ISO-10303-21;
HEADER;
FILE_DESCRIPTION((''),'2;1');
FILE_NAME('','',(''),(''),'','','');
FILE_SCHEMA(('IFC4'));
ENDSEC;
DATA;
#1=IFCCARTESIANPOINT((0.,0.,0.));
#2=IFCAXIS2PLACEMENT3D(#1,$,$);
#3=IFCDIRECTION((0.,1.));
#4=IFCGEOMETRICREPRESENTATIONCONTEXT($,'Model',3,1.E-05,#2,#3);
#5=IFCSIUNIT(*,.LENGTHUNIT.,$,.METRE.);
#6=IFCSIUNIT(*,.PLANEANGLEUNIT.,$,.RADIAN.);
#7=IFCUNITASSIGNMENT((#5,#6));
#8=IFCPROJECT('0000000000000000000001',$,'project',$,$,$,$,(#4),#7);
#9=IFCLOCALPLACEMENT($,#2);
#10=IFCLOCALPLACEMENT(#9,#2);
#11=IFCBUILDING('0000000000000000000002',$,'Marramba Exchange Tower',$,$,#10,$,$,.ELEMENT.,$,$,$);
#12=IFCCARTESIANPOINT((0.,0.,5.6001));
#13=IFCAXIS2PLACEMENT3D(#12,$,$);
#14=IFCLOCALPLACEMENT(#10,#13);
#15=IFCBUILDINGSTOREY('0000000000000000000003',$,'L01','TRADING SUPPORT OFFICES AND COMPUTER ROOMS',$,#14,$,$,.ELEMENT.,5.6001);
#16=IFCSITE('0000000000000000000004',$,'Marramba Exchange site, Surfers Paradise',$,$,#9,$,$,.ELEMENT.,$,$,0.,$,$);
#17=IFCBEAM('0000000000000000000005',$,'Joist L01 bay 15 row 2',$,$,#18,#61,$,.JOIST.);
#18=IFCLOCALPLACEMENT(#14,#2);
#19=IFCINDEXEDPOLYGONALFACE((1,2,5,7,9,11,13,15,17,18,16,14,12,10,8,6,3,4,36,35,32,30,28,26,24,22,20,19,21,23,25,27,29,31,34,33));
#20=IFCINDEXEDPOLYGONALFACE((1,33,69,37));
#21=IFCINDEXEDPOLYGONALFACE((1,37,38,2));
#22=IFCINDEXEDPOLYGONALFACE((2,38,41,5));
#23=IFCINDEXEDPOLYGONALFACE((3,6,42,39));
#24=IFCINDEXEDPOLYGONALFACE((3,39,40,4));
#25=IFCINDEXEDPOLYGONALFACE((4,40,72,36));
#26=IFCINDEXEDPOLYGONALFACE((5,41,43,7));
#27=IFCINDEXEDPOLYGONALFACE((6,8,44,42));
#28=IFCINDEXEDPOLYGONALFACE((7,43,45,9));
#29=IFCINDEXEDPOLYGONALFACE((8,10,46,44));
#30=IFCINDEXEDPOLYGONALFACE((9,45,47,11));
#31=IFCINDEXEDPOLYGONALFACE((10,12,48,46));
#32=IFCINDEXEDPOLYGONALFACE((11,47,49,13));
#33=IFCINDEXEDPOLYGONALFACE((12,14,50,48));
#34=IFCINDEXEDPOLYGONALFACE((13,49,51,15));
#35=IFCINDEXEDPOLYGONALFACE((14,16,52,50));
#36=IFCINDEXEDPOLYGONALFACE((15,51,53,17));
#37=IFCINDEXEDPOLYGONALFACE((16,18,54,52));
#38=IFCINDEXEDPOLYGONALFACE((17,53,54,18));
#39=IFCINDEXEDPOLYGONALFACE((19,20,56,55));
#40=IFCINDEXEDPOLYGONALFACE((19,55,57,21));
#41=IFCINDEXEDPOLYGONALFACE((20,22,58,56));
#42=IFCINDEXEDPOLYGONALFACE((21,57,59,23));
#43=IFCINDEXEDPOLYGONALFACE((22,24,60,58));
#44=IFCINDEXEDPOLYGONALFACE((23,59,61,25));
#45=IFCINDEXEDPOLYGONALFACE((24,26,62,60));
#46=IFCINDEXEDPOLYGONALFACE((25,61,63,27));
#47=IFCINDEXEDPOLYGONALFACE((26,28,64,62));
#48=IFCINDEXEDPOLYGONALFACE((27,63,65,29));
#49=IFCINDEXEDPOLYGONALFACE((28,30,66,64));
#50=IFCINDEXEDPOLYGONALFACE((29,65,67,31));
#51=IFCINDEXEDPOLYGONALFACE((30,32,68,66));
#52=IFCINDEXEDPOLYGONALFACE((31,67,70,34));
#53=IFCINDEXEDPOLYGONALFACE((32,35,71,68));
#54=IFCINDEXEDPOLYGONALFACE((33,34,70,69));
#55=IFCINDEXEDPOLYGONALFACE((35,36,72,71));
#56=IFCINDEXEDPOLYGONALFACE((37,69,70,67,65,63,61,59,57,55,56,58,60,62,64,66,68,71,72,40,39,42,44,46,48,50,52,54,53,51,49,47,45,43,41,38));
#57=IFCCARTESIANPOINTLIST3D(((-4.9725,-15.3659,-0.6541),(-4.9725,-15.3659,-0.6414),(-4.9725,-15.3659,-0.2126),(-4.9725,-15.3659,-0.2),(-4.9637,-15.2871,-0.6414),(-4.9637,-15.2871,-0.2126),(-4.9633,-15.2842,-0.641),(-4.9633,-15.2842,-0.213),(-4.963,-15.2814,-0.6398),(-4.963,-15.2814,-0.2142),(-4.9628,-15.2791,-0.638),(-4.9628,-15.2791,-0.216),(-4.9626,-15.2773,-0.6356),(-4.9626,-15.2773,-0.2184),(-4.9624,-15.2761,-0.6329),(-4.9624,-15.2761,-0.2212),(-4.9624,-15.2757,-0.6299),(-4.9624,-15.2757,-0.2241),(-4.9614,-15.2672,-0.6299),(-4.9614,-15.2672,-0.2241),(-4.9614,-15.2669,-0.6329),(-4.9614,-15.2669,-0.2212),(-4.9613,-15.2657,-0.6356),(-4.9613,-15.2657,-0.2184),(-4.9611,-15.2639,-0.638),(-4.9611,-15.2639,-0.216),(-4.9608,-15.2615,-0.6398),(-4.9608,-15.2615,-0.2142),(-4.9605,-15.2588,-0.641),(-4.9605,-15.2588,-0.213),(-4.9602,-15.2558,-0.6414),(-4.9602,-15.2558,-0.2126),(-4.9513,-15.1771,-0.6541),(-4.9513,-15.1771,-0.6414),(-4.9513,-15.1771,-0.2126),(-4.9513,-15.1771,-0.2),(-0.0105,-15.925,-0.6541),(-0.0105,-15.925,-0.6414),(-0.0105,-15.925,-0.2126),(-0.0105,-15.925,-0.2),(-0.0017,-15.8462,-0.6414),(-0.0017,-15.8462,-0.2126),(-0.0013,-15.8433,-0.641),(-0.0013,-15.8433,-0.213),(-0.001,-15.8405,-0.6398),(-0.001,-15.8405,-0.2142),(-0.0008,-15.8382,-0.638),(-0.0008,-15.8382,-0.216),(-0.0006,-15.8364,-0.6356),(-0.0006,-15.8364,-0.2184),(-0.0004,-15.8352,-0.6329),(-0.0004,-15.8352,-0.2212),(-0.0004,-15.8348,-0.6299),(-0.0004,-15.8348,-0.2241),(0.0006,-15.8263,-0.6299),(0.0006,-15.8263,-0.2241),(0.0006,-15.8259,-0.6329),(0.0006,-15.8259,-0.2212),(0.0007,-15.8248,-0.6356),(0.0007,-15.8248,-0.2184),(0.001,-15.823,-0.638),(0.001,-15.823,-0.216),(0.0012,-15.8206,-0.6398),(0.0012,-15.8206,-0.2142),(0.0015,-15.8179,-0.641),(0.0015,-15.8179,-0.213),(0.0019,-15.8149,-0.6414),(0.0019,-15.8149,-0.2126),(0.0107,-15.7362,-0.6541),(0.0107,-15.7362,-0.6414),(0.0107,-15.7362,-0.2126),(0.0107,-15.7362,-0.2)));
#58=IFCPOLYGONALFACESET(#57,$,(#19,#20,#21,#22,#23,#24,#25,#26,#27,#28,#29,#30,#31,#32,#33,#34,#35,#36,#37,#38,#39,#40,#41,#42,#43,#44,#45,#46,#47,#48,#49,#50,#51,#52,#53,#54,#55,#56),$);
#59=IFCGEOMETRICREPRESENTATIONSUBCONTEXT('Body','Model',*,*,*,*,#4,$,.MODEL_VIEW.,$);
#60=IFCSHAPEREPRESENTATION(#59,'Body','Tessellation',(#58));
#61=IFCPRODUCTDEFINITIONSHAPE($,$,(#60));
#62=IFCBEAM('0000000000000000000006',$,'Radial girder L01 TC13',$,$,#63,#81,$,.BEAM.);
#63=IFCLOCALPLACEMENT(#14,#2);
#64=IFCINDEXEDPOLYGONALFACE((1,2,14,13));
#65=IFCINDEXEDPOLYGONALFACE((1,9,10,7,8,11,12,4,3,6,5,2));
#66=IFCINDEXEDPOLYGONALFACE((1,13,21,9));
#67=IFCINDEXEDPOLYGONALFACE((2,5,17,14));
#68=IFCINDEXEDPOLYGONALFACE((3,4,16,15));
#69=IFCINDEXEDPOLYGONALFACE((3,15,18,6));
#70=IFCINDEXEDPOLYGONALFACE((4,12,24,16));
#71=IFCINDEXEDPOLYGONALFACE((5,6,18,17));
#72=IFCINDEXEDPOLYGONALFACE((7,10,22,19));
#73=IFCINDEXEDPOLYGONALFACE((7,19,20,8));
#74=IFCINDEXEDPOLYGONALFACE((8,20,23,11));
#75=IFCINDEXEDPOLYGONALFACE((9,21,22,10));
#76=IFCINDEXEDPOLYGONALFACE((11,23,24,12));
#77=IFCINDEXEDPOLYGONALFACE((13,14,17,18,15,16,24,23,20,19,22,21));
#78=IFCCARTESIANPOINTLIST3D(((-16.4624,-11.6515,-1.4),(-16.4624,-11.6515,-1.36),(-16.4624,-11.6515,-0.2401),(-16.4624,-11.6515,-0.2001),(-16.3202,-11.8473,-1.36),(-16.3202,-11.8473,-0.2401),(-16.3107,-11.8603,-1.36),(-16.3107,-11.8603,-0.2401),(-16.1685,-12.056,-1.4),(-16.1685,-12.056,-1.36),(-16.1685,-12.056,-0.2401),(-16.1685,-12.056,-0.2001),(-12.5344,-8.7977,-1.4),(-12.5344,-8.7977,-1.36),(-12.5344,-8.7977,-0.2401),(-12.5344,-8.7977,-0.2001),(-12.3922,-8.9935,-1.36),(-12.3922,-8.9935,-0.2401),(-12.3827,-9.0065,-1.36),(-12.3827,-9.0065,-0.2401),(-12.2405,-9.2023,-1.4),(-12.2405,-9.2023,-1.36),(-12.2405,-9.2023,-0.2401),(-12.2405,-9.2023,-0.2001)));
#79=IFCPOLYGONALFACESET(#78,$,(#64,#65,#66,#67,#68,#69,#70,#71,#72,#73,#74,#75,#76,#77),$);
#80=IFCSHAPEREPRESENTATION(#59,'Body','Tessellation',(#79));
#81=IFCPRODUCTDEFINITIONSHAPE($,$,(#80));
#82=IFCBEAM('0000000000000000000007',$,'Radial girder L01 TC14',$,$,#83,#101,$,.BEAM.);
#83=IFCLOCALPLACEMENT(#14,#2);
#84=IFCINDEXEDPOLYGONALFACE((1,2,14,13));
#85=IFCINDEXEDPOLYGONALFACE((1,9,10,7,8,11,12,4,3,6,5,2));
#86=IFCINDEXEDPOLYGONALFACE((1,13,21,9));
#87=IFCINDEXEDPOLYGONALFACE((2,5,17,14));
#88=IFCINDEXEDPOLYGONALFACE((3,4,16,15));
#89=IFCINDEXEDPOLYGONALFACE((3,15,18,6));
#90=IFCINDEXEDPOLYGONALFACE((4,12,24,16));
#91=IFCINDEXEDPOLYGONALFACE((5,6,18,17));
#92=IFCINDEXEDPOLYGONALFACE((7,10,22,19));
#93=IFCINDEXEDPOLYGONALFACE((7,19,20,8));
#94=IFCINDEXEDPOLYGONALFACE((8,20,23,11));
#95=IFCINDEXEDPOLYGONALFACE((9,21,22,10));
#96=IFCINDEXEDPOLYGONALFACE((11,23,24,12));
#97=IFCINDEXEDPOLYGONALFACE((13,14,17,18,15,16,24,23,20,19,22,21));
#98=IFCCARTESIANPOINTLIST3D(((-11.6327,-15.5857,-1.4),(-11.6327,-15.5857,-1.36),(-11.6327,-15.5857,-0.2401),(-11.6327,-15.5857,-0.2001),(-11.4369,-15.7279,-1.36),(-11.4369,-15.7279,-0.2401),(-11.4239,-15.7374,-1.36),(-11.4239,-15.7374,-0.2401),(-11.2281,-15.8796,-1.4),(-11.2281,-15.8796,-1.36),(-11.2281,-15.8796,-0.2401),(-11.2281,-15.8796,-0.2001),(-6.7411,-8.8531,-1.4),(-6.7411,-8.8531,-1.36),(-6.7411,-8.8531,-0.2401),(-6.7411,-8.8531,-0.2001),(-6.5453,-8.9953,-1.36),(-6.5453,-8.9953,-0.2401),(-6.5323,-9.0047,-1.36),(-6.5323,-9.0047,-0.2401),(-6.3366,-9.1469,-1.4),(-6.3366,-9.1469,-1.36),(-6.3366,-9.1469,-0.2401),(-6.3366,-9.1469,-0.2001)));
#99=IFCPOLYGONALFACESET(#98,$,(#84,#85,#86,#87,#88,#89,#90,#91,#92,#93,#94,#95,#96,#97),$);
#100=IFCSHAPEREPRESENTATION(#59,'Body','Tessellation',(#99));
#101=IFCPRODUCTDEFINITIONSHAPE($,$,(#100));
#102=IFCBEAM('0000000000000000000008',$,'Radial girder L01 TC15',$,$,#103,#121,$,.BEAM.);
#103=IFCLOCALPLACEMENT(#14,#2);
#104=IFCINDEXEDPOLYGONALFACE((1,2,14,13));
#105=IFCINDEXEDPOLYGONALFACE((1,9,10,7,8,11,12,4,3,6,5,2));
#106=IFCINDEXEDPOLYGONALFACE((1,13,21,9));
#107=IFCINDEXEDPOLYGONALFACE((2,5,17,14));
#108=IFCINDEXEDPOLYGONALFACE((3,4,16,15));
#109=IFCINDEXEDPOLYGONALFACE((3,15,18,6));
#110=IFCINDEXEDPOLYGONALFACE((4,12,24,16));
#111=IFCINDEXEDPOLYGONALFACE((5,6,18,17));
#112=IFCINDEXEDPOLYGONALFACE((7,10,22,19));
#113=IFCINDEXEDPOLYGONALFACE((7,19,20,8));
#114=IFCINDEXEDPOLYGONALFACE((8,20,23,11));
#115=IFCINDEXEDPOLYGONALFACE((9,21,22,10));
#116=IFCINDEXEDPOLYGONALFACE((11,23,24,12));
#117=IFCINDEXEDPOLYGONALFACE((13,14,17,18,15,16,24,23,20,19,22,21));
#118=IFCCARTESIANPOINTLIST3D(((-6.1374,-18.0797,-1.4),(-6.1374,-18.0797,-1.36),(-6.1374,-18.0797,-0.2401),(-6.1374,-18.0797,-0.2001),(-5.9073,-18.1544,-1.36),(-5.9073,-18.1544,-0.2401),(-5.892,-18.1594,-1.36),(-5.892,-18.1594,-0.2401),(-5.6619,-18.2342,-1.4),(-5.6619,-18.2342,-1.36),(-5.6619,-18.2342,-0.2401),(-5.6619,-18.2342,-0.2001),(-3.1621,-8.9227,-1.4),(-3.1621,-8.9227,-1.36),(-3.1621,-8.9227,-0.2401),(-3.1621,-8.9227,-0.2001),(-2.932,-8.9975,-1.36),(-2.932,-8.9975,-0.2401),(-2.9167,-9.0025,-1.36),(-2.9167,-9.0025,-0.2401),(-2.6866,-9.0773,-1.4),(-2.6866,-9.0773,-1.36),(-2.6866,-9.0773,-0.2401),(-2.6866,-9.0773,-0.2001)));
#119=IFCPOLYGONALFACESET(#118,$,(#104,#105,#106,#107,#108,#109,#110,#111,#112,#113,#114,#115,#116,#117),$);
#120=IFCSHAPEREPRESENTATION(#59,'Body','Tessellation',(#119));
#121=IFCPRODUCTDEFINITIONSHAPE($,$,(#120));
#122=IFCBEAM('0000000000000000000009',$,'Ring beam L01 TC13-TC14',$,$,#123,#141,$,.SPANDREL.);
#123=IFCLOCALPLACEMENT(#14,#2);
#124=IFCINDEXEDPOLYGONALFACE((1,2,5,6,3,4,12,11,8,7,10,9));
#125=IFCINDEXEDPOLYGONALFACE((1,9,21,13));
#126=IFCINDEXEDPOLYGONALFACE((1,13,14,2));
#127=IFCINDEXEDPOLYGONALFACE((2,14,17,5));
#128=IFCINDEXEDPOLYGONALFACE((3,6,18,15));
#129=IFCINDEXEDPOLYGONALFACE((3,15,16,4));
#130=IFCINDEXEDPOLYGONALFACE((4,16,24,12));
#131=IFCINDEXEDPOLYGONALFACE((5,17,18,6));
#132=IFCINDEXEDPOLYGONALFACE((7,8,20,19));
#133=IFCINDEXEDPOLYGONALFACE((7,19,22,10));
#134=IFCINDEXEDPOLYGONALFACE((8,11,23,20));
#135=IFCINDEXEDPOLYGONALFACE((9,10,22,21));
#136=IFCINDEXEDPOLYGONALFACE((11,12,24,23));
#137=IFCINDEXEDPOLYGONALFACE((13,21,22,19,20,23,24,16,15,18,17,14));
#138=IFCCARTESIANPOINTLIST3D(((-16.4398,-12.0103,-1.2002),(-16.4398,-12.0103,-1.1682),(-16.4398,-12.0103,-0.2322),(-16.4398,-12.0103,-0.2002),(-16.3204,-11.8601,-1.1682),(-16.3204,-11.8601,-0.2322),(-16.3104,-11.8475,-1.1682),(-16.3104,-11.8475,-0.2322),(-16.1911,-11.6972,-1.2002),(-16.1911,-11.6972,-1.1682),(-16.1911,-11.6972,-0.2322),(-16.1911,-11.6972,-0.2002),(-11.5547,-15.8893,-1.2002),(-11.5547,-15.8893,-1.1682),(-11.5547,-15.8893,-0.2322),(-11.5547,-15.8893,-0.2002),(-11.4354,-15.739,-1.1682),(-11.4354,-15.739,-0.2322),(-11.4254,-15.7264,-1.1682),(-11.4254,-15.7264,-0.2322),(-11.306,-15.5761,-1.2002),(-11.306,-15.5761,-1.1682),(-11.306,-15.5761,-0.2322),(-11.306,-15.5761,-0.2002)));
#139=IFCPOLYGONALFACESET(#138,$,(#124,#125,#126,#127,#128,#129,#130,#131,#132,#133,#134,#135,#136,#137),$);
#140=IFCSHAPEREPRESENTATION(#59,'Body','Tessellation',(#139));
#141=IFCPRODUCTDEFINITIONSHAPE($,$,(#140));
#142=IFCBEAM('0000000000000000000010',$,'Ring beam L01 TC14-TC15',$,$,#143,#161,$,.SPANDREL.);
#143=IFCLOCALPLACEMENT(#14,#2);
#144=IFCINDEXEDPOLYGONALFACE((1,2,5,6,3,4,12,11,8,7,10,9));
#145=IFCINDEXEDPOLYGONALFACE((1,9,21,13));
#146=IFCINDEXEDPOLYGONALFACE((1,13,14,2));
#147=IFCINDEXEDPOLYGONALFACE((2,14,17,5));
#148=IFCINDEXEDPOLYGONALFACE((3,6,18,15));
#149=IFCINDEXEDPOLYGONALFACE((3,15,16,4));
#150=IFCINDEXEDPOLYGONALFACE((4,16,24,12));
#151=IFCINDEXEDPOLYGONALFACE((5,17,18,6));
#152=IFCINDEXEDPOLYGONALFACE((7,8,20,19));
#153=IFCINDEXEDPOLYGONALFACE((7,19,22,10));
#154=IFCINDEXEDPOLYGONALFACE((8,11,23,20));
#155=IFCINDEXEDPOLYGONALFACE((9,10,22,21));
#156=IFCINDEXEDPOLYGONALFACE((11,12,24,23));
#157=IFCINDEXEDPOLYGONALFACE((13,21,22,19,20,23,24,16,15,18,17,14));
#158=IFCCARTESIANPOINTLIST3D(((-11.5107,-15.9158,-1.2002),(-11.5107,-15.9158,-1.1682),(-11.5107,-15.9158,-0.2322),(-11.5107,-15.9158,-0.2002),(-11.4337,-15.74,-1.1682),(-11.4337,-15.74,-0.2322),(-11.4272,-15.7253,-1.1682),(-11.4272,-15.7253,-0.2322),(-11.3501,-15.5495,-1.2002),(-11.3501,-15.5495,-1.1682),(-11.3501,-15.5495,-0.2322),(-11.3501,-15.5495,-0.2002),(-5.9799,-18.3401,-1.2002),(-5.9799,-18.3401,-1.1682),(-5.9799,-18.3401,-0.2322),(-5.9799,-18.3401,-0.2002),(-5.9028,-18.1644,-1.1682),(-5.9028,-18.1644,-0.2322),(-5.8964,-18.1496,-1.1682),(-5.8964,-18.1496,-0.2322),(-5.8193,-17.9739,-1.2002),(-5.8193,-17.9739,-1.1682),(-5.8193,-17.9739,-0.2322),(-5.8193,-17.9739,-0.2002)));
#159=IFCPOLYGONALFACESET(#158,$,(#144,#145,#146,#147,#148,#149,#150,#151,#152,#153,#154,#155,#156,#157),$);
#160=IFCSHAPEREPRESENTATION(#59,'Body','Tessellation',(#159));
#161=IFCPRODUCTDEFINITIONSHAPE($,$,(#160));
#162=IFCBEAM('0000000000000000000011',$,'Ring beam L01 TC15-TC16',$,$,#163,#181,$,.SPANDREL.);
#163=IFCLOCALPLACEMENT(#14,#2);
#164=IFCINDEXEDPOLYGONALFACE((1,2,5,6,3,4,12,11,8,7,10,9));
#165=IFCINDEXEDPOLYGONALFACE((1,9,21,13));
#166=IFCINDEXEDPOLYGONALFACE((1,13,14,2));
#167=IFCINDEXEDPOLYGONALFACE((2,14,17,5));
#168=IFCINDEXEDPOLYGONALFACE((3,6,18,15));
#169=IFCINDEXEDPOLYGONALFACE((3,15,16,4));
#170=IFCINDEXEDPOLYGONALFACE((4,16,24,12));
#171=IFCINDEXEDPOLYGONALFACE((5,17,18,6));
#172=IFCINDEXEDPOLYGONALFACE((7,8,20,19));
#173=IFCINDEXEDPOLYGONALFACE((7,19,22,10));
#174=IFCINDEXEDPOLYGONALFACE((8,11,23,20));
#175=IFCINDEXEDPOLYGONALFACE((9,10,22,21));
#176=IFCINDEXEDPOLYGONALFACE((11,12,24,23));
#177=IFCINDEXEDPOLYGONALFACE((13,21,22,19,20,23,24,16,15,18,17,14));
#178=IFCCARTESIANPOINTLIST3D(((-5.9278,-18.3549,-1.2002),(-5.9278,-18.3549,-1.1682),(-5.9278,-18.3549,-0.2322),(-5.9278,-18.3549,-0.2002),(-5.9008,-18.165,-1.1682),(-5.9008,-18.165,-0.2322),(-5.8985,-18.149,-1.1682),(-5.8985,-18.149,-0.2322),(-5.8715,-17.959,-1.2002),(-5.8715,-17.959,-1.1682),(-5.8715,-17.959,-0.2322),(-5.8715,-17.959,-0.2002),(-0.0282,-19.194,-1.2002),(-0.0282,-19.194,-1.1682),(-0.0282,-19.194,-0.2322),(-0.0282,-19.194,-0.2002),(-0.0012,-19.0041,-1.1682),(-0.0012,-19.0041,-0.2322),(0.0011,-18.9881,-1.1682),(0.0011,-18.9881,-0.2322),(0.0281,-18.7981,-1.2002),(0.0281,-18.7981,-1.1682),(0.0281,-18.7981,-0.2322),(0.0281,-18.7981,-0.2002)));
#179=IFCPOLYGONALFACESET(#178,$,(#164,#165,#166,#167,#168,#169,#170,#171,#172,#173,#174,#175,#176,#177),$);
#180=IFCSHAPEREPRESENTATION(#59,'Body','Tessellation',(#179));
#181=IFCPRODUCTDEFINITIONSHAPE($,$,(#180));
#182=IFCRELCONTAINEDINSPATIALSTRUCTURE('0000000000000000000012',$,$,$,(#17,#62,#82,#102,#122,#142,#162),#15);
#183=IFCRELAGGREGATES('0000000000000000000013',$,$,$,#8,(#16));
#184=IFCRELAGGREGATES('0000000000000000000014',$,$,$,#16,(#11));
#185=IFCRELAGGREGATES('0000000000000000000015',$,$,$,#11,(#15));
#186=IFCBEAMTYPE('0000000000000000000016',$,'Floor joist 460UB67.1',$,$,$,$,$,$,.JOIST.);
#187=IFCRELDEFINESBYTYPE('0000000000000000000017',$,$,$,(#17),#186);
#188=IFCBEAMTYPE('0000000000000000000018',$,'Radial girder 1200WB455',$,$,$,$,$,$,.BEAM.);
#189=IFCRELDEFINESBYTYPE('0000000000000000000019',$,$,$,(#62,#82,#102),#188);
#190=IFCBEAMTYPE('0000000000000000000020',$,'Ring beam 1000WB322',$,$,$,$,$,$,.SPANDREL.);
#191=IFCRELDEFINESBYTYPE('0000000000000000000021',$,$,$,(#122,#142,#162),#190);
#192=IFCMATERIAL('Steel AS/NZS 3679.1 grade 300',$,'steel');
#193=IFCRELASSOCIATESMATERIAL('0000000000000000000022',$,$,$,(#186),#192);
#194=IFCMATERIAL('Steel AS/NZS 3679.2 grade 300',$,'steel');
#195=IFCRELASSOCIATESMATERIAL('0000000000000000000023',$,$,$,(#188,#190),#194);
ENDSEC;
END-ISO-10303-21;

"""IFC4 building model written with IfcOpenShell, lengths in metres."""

from ifc_helpers import new_model, si_unit, direction, frame, origin, origin_2d, place, context, subcontext, project, spatial, i_section, extrude, material, material_profile, profile_set, type_object, element, save


model = new_model("IFC4")

# Units and contexts
model_context = context("Model", 3, precision=1e-05, world=origin(), true_north=direction((0.0, 1.0)))
body_context = subcontext(model_context, "Body", "Model", "MODEL_VIEW")
ifc_project = project(units=[si_unit("LENGTHUNIT", "METRE"), si_unit("PLANEANGLEUNIT", "RADIAN")], contexts=[model_context])

# Site, building, storey
site_placement = place(None, origin())
site = spatial("IfcSite", under=ifc_project, at=site_placement, Name="Marramba Exchange site, Surfers Paradise", CompositionType="ELEMENT", RefElevation=0.0)
building_placement = place(site_placement, origin())
building = spatial("IfcBuilding", under=site, at=building_placement, Name="Marramba Exchange Tower", CompositionType="ELEMENT")
storey_placement = place(building_placement, frame((0.0, 0.0, 5.6001)))
storey = spatial("IfcBuildingStorey", under=building, at=storey_placement, Name="L01", Description="TRADING SUPPORT OFFICES AND COMPUTER ROOMS", CompositionType="ELEMENT", Elevation=5.6001)

# Beams
ifc_material_1 = material(Name="Steel AS/NZS 3679.1 grade 300", Category="steel")
ifc_material_profile_1 = material_profile(ifc_material_1, i_section(OverallWidth=0.1899, OverallDepth=0.4541, WebThickness=0.0085, FlangeThickness=0.0127, FilletRadius=0.0115, at=origin_2d()), Name="460UB67.1")
ifc_profile_set_1 = profile_set([ifc_material_profile_1], Name="Steel AS/NZS 3679.1 grade 300")
beam_type_1 = type_object("IfcBeamType", Name="Floor joist 460UB67.1", PredefinedType="JOIST", material=ifc_profile_set_1)
beam_1_placement = place(storey_placement, frame((-4.9619, -15.2715, -0.427), z_axis=(0.993712, -0.111966, 0.0), x_axis=(0.111966, 0.993712, 0.0)))
element("IfcBeam", 1, at=beam_1_placement, inside=storey, type_object=beam_type_1, Name="Joist L01 bay 15 row 2", PredefinedType="JOIST", context=body_context, shape_type="SweptSolid", body=[
    extrude(i_section(OverallWidth=0.1899, OverallDepth=0.4541, WebThickness=0.0085, FlangeThickness=0.0127, FilletRadius=0.0115, at=origin_2d()), origin(), (0.0, 0.0, 1.0), 4.9934),
])
ifc_material_2 = material(Name="Steel AS/NZS 3679.2 grade 300", Category="steel")
ifc_material_profile_2 = material_profile(ifc_material_2, i_section(OverallWidth=0.5, OverallDepth=1.2, WebThickness=0.0161, FlangeThickness=0.04, at=origin_2d()), Name="1200WB455")
ifc_profile_set_2 = profile_set([ifc_material_profile_2], Name="Steel AS/NZS 3679.2 grade 300")
beam_type_2 = type_object("IfcBeamType", Name="Radial girder 1200WB455", PredefinedType="BEAM", material=ifc_profile_set_2)
beam_2_placement = place(storey_placement, frame((-12.3875, -9.0, -0.8), z_axis=(-0.809025, -0.587774, 0.0), x_axis=(0.587774, -0.809025, 0.0)))
element("IfcBeam", 2, at=beam_2_placement, inside=storey, type_object=beam_type_2, Name="Radial girder L01 TC13", PredefinedType="BEAM", context=body_context, shape_type="SweptSolid", body=[
    extrude(i_section(OverallWidth=0.5, OverallDepth=1.2, WebThickness=0.0161, FlangeThickness=0.04, at=origin_2d()), origin(), (0.0, 0.0, 1.0), 4.8552),
])
beam_3_placement = place(storey_placement, frame((-6.5388, -9.0, -0.8), z_axis=(-0.587788, -0.809015, 0.0), x_axis=(0.809015, -0.587788, 0.0)))
element("IfcBeam", 3, at=beam_3_placement, inside=storey, type_object=beam_type_2, Name="Radial girder L01 TC14", PredefinedType="BEAM", context=body_context, shape_type="SweptSolid", body=[
    extrude(i_section(OverallWidth=0.5, OverallDepth=1.2, WebThickness=0.0161, FlangeThickness=0.04, at=origin_2d()), origin(), (0.0, 0.0, 1.0), 8.322),
])
beam_4_placement = place(storey_placement, frame((-2.9243, -9.0, -0.8), z_axis=(-0.309022, -0.951055, 0.0), x_axis=(0.951055, -0.309022, 0.0)))
element("IfcBeam", 4, at=beam_4_placement, inside=storey, type_object=beam_type_2, Name="Radial girder L01 TC15", PredefinedType="BEAM", context=body_context, shape_type="SweptSolid", body=[
    extrude(i_section(OverallWidth=0.5, OverallDepth=1.2, WebThickness=0.0161, FlangeThickness=0.04, at=origin_2d()), origin(), (0.0, 0.0, 1.0), 9.6282),
])
ifc_material_profile_3 = material_profile(ifc_material_2, i_section(OverallWidth=0.3999, OverallDepth=1.0, WebThickness=0.0161, FlangeThickness=0.032, at=origin_2d()), Name="1000WB322")
ifc_profile_set_3 = profile_set([ifc_material_profile_3], Name="Steel AS/NZS 3679.2 grade 300")
beam_type_3 = type_object("IfcBeamType", Name="Ring beam 1000WB322", PredefinedType="SPANDREL", material=ifc_profile_set_3)
beam_5_placement = place(storey_placement, frame((-16.3154, -11.8538, -0.7002), z_axis=(0.783139, -0.621846, 0.0), x_axis=(0.621846, 0.783139, 0.0)))
element("IfcBeam", 5, at=beam_5_placement, inside=storey, type_object=beam_type_3, Name="Ring beam L01 TC13-TC14", PredefinedType="SPANDREL", context=body_context, shape_type="SweptSolid", body=[
    extrude(i_section(OverallWidth=0.3999, OverallDepth=1.0, WebThickness=0.0161, FlangeThickness=0.032, at=origin_2d()), origin(), (0.0, 0.0, 1.0), 6.2378),
])
beam_6_placement = place(storey_placement, frame((-11.4304, -15.7327, -0.7002), z_axis=(0.915877, -0.401459, 0.0), x_axis=(0.401459, 0.915877, 0.0)))
element("IfcBeam", 6, at=beam_6_placement, inside=storey, type_object=beam_type_3, Name="Ring beam L01 TC14-TC15", PredefinedType="SPANDREL", context=body_context, shape_type="SweptSolid", body=[
    extrude(i_section(OverallWidth=0.3999, OverallDepth=1.0, WebThickness=0.0161, FlangeThickness=0.032, at=origin_2d()), origin(), (0.0, 0.0, 1.0), 6.0388),
])
beam_7_placement = place(storey_placement, frame((-5.8997, -18.157, -0.7002), z_axis=(0.990036, -0.140813, 0.0), x_axis=(0.140813, 0.990036, 0.0)))
element("IfcBeam", 7, at=beam_7_placement, inside=storey, type_object=beam_type_3, Name="Ring beam L01 TC15-TC16", PredefinedType="SPANDREL", context=body_context, shape_type="SweptSolid", body=[
    extrude(i_section(OverallWidth=0.3999, OverallDepth=1.0, WebThickness=0.0161, FlangeThickness=0.032, at=origin_2d()), origin(), (0.0, 0.0, 1.0), 5.959),
])

save(model, "model.ifc")
